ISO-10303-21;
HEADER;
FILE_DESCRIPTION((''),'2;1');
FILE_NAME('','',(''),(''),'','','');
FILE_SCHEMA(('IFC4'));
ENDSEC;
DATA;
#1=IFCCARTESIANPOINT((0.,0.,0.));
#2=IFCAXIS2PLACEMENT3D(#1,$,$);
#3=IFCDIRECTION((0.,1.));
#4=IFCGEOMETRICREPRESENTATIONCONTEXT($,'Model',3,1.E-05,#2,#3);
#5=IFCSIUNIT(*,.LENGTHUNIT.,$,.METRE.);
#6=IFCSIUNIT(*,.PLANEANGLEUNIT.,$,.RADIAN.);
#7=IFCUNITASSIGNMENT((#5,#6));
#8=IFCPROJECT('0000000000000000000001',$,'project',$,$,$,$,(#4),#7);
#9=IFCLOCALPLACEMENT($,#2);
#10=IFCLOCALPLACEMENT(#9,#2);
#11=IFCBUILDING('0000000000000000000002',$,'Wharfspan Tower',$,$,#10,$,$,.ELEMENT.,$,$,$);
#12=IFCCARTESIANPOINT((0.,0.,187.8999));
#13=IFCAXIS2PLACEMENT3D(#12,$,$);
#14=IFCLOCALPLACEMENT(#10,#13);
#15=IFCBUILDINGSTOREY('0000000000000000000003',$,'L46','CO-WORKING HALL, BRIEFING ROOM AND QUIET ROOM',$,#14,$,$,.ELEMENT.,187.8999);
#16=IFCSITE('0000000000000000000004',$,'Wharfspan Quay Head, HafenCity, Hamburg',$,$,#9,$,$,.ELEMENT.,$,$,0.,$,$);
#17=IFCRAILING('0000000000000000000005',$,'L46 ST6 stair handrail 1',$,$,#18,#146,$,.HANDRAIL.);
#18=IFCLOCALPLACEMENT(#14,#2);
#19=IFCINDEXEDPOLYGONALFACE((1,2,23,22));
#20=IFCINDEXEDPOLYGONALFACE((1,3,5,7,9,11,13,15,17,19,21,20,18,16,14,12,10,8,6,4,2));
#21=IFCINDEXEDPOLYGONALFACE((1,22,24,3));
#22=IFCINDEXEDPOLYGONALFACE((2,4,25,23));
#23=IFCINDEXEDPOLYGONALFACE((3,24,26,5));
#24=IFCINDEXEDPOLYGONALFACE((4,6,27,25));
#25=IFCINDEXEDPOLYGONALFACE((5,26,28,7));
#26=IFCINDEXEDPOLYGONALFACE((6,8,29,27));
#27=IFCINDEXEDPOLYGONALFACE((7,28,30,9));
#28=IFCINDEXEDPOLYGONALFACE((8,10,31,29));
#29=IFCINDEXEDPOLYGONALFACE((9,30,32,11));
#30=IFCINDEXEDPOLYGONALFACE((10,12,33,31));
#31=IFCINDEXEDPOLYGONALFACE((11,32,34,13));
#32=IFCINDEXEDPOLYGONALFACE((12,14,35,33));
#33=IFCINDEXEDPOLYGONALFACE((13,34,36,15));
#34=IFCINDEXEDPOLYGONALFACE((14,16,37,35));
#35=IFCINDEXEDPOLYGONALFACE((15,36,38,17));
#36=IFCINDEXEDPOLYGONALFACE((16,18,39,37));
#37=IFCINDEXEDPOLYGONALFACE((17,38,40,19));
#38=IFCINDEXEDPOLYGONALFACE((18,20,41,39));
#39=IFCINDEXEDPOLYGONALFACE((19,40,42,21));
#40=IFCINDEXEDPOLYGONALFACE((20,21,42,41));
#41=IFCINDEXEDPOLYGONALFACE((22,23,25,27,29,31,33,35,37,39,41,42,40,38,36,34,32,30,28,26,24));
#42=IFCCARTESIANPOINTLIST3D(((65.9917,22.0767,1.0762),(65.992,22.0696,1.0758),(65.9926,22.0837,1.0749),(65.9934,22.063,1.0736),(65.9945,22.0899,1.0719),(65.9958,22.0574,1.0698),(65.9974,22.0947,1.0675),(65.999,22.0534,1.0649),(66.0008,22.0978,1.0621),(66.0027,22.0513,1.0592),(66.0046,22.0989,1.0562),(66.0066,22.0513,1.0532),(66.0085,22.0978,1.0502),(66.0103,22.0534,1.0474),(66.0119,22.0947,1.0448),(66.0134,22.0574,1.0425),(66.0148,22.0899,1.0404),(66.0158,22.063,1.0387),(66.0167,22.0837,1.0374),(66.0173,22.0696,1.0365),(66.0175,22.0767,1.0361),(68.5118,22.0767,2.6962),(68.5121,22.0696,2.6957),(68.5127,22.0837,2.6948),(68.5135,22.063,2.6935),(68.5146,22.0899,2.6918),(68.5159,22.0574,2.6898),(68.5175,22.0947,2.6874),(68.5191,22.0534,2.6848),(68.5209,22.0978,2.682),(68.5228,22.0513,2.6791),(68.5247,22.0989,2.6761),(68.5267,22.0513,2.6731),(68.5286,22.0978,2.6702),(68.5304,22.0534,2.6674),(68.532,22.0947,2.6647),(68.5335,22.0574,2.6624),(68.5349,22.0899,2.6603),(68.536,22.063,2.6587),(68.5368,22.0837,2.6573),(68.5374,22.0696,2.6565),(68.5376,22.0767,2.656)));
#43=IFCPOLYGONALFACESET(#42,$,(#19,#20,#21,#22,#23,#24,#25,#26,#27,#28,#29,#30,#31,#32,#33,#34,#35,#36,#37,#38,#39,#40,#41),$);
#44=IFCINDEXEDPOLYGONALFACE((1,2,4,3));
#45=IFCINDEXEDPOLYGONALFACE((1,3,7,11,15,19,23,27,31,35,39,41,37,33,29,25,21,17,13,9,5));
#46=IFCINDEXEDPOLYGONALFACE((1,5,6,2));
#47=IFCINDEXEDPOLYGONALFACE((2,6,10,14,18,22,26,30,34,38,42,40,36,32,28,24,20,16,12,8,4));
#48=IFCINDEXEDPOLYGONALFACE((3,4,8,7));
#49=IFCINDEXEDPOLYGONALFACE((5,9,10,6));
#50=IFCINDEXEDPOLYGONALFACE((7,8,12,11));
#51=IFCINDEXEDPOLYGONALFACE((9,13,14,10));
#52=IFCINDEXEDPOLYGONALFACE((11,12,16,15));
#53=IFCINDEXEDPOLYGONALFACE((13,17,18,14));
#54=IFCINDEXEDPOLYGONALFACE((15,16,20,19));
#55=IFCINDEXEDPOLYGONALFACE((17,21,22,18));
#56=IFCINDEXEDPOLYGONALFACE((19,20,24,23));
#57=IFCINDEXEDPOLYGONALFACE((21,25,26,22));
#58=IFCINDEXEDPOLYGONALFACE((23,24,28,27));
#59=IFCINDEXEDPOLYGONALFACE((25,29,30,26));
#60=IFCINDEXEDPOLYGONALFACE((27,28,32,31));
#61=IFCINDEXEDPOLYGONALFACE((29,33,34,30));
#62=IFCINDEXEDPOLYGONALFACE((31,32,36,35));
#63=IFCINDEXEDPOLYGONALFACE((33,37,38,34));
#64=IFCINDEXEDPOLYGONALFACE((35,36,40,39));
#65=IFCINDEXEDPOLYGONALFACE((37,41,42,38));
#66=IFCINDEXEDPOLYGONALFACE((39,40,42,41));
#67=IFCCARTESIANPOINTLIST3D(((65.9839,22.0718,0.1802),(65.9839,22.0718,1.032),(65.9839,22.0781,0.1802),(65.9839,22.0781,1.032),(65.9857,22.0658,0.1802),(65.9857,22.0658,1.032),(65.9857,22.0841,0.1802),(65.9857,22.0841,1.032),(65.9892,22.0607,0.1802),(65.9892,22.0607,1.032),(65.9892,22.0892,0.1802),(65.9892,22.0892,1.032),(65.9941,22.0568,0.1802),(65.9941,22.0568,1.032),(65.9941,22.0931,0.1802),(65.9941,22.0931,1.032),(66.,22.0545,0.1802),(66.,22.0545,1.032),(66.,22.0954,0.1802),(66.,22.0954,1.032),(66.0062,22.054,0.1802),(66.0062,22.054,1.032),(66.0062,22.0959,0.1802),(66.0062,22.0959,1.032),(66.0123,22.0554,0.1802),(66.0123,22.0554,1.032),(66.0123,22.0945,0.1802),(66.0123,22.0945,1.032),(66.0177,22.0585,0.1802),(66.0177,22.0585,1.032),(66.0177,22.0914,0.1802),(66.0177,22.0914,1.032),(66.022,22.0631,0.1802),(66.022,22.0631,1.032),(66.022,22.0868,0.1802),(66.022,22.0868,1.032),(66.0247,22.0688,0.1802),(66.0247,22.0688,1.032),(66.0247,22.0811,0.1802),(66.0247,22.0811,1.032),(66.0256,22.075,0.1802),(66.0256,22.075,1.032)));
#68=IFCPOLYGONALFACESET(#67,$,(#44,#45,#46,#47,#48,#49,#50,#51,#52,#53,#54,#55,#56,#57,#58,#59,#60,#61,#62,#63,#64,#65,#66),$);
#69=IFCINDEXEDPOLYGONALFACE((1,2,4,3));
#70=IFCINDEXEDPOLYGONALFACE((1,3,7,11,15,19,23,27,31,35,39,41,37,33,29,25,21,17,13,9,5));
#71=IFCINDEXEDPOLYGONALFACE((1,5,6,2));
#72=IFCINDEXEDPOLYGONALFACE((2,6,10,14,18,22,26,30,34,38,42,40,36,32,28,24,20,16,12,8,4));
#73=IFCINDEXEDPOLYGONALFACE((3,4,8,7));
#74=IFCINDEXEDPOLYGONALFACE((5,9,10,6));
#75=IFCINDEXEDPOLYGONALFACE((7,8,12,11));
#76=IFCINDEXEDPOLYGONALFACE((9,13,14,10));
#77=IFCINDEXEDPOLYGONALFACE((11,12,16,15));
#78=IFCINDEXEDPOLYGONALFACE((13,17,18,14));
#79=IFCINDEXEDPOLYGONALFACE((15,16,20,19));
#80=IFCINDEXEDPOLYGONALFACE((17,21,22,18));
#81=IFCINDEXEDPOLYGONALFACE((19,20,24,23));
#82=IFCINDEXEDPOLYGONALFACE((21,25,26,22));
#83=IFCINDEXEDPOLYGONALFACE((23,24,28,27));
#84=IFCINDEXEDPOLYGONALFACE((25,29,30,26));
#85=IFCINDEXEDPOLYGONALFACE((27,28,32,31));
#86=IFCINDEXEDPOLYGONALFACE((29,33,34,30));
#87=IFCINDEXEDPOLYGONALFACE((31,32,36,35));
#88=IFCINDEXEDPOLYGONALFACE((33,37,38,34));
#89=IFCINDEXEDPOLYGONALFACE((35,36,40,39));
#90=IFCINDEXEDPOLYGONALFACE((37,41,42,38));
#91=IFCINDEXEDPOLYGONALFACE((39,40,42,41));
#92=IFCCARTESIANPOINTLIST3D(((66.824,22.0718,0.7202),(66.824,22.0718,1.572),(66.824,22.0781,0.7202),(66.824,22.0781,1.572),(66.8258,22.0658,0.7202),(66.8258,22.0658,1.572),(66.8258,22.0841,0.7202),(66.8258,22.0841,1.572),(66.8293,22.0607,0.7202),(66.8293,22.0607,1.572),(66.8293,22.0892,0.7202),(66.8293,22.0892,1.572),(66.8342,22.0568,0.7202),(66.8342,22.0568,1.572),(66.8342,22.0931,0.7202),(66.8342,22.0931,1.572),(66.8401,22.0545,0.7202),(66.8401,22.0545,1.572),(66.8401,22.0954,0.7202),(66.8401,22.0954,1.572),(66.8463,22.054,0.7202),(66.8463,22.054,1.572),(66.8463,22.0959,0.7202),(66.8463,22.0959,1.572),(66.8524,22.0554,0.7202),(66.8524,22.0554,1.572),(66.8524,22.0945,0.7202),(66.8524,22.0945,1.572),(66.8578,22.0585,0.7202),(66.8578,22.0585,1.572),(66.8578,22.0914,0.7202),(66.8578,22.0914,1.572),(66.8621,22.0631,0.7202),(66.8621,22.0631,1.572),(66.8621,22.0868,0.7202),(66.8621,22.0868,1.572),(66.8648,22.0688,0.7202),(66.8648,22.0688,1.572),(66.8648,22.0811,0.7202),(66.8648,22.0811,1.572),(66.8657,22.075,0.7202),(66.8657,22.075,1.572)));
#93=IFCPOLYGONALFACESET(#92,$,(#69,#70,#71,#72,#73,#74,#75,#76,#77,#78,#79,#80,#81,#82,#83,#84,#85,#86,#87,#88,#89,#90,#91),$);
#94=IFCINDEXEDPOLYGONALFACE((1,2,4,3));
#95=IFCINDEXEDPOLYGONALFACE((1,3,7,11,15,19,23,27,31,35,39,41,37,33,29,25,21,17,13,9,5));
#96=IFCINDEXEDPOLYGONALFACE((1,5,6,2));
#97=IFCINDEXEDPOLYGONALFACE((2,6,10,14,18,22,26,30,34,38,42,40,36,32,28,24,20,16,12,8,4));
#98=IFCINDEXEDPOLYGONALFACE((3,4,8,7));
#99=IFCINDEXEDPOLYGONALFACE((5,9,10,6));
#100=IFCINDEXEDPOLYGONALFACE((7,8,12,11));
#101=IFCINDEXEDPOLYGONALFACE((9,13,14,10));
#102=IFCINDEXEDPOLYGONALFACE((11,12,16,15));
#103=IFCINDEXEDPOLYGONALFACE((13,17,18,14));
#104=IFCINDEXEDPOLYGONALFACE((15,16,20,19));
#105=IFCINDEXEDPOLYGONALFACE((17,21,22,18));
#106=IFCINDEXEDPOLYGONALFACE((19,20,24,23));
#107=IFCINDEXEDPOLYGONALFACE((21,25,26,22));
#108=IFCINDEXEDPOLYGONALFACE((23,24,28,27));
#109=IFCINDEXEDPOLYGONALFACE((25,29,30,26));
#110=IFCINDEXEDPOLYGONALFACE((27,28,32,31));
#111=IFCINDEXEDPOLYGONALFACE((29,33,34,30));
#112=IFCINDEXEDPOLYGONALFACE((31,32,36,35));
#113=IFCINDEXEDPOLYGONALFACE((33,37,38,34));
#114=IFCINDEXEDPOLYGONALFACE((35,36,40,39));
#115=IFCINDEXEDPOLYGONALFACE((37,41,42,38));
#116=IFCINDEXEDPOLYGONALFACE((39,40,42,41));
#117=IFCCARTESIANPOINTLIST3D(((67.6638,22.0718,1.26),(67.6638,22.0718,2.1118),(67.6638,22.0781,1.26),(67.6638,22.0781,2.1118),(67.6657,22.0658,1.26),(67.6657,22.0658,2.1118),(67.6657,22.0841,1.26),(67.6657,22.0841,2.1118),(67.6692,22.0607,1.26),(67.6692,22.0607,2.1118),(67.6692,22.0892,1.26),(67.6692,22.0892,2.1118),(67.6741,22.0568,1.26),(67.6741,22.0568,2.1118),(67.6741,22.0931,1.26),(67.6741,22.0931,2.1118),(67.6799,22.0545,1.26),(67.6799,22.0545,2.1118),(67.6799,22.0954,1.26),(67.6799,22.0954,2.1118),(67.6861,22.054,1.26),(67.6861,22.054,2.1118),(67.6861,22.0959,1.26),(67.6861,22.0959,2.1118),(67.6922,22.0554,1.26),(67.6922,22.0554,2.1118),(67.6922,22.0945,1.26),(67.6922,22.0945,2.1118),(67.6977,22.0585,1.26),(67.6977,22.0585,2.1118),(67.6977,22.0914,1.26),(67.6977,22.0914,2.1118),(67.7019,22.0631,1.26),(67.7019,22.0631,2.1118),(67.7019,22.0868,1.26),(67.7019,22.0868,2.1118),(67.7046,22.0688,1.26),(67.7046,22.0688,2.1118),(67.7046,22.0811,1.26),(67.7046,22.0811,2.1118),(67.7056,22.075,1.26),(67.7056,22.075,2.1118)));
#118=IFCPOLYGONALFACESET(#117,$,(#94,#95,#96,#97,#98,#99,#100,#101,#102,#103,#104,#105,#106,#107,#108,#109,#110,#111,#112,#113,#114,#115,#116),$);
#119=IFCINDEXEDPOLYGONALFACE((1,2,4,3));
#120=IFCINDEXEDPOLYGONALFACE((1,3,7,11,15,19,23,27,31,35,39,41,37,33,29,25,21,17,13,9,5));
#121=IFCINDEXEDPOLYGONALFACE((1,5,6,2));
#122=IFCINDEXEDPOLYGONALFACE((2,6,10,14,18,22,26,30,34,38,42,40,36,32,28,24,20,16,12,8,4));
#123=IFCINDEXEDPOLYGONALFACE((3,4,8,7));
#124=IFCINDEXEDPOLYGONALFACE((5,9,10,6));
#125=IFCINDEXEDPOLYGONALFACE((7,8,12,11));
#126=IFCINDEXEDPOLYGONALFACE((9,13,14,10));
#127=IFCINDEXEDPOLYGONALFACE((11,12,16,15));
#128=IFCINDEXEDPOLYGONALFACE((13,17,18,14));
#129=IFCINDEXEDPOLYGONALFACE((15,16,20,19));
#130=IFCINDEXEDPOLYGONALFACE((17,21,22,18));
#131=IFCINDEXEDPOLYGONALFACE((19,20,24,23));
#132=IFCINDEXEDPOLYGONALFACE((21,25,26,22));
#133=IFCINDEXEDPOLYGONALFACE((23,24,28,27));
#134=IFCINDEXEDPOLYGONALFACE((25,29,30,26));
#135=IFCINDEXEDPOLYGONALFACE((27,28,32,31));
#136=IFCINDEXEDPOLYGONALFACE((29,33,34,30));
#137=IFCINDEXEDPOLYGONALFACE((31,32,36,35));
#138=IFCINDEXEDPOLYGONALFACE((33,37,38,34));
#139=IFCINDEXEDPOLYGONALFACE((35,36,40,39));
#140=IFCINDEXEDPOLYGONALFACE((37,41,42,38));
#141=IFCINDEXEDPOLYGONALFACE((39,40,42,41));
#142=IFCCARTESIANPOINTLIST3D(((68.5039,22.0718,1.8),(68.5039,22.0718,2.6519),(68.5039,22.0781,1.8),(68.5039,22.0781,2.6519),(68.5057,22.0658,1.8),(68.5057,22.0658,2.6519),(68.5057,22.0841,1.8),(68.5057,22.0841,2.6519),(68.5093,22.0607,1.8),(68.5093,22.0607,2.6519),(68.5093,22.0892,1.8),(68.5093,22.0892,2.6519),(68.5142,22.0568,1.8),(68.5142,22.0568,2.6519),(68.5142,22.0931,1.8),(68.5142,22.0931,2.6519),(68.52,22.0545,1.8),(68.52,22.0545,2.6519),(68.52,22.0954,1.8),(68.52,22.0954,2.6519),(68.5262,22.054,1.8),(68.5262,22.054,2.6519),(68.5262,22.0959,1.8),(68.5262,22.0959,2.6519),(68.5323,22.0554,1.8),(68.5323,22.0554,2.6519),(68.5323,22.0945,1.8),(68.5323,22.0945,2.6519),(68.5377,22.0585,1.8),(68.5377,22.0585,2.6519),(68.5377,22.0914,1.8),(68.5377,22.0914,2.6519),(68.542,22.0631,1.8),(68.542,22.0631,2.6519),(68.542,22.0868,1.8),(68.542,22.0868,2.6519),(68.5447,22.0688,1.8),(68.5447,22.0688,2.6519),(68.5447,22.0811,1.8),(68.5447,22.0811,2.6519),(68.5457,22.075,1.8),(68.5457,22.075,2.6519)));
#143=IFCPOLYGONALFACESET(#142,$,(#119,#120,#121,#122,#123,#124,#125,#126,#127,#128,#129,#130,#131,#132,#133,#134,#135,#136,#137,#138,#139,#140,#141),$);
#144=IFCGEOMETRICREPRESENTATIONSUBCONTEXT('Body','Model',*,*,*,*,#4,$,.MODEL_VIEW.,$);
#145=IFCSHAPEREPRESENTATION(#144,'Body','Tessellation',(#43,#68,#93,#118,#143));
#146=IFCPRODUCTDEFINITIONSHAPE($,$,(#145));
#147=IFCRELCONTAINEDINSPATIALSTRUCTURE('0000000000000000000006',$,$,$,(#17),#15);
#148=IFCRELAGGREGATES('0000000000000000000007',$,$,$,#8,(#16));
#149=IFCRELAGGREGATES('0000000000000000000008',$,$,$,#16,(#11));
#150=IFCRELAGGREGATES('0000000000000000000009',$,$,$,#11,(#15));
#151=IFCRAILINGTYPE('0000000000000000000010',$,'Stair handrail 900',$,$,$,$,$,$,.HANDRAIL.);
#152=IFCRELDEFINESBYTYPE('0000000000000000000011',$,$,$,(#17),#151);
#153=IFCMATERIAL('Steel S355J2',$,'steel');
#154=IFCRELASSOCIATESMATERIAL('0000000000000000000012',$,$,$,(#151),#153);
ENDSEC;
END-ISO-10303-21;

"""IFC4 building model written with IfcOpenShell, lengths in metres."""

from ifc_helpers import new_model, si_unit, direction, frame, origin, origin_2d, place, context, subcontext, project, spatial, circle, extrude, material, type_object, element, save


model = new_model("IFC4")

# Units and contexts
model_context = context("Model", 3, precision=1e-05, world=origin(), true_north=direction((0.0, 1.0)))
body_context = subcontext(model_context, "Body", "Model", "MODEL_VIEW")
ifc_project = project(units=[si_unit("LENGTHUNIT", "METRE"), si_unit("PLANEANGLEUNIT", "RADIAN")], contexts=[model_context])

# Site, building, storey
site_placement = place(None, origin())
site = spatial("IfcSite", under=ifc_project, at=site_placement, Name="Wharfspan Quay Head, HafenCity, Hamburg", CompositionType="ELEMENT", RefElevation=0.0)
building_placement = place(site_placement, origin())
building = spatial("IfcBuilding", under=site, at=building_placement, Name="Wharfspan Tower", CompositionType="ELEMENT")
storey_placement = place(building_placement, frame((0.0, 0.0, 187.8999)))
storey = spatial("IfcBuildingStorey", under=building, at=storey_placement, Name="L46", Description="CO-WORKING HALL, BRIEFING ROOM AND QUIET ROOM", CompositionType="ELEMENT", Elevation=187.8999)

# Shared definitions
ifc_material_1 = material(Name="Steel S355J2", Category="steel")

# Railing
railing_type_1 = type_object("IfcRailingType", Name="Stair handrail 900", PredefinedType="HANDRAIL", material=ifc_material_1)
railing_1_placement = place(storey_placement, frame((66.0046, 22.075, 0.1802)))
element("IfcRailing", 1, at=railing_1_placement, inside=storey, type_object=railing_type_1, Name="L46 ST6 stair handrail 1", PredefinedType="HANDRAIL", context=body_context, shape_type="SweptSolid", body=[
    extrude(circle(Radius=0.0239, at=origin_2d()), frame((0.0, 0.0, 0.876), z_axis=(0.8412, 0.0, 0.540725), x_axis=(0.0, 1.0, 0.0)), (0.0, 0.0, 1.0), 2.9958),
    extrude(circle(Radius=0.021, at=origin_2d()), origin(), (0.0, 0.0, 1.0), 0.8518),
    extrude(circle(Radius=0.021, at=origin_2d()), frame((0.8401, 0.0, 0.54)), (0.0, 0.0, 1.0), 0.8518),
    extrude(circle(Radius=0.021, at=origin_2d()), frame((1.6799, 0.0, 1.0798)), (0.0, 0.0, 1.0), 0.8518),
    extrude(circle(Radius=0.021, at=origin_2d()), frame((2.52, 0.0, 1.6199)), (0.0, 0.0, 1.0), 0.8518),
])

save(model, "model.ifc")
